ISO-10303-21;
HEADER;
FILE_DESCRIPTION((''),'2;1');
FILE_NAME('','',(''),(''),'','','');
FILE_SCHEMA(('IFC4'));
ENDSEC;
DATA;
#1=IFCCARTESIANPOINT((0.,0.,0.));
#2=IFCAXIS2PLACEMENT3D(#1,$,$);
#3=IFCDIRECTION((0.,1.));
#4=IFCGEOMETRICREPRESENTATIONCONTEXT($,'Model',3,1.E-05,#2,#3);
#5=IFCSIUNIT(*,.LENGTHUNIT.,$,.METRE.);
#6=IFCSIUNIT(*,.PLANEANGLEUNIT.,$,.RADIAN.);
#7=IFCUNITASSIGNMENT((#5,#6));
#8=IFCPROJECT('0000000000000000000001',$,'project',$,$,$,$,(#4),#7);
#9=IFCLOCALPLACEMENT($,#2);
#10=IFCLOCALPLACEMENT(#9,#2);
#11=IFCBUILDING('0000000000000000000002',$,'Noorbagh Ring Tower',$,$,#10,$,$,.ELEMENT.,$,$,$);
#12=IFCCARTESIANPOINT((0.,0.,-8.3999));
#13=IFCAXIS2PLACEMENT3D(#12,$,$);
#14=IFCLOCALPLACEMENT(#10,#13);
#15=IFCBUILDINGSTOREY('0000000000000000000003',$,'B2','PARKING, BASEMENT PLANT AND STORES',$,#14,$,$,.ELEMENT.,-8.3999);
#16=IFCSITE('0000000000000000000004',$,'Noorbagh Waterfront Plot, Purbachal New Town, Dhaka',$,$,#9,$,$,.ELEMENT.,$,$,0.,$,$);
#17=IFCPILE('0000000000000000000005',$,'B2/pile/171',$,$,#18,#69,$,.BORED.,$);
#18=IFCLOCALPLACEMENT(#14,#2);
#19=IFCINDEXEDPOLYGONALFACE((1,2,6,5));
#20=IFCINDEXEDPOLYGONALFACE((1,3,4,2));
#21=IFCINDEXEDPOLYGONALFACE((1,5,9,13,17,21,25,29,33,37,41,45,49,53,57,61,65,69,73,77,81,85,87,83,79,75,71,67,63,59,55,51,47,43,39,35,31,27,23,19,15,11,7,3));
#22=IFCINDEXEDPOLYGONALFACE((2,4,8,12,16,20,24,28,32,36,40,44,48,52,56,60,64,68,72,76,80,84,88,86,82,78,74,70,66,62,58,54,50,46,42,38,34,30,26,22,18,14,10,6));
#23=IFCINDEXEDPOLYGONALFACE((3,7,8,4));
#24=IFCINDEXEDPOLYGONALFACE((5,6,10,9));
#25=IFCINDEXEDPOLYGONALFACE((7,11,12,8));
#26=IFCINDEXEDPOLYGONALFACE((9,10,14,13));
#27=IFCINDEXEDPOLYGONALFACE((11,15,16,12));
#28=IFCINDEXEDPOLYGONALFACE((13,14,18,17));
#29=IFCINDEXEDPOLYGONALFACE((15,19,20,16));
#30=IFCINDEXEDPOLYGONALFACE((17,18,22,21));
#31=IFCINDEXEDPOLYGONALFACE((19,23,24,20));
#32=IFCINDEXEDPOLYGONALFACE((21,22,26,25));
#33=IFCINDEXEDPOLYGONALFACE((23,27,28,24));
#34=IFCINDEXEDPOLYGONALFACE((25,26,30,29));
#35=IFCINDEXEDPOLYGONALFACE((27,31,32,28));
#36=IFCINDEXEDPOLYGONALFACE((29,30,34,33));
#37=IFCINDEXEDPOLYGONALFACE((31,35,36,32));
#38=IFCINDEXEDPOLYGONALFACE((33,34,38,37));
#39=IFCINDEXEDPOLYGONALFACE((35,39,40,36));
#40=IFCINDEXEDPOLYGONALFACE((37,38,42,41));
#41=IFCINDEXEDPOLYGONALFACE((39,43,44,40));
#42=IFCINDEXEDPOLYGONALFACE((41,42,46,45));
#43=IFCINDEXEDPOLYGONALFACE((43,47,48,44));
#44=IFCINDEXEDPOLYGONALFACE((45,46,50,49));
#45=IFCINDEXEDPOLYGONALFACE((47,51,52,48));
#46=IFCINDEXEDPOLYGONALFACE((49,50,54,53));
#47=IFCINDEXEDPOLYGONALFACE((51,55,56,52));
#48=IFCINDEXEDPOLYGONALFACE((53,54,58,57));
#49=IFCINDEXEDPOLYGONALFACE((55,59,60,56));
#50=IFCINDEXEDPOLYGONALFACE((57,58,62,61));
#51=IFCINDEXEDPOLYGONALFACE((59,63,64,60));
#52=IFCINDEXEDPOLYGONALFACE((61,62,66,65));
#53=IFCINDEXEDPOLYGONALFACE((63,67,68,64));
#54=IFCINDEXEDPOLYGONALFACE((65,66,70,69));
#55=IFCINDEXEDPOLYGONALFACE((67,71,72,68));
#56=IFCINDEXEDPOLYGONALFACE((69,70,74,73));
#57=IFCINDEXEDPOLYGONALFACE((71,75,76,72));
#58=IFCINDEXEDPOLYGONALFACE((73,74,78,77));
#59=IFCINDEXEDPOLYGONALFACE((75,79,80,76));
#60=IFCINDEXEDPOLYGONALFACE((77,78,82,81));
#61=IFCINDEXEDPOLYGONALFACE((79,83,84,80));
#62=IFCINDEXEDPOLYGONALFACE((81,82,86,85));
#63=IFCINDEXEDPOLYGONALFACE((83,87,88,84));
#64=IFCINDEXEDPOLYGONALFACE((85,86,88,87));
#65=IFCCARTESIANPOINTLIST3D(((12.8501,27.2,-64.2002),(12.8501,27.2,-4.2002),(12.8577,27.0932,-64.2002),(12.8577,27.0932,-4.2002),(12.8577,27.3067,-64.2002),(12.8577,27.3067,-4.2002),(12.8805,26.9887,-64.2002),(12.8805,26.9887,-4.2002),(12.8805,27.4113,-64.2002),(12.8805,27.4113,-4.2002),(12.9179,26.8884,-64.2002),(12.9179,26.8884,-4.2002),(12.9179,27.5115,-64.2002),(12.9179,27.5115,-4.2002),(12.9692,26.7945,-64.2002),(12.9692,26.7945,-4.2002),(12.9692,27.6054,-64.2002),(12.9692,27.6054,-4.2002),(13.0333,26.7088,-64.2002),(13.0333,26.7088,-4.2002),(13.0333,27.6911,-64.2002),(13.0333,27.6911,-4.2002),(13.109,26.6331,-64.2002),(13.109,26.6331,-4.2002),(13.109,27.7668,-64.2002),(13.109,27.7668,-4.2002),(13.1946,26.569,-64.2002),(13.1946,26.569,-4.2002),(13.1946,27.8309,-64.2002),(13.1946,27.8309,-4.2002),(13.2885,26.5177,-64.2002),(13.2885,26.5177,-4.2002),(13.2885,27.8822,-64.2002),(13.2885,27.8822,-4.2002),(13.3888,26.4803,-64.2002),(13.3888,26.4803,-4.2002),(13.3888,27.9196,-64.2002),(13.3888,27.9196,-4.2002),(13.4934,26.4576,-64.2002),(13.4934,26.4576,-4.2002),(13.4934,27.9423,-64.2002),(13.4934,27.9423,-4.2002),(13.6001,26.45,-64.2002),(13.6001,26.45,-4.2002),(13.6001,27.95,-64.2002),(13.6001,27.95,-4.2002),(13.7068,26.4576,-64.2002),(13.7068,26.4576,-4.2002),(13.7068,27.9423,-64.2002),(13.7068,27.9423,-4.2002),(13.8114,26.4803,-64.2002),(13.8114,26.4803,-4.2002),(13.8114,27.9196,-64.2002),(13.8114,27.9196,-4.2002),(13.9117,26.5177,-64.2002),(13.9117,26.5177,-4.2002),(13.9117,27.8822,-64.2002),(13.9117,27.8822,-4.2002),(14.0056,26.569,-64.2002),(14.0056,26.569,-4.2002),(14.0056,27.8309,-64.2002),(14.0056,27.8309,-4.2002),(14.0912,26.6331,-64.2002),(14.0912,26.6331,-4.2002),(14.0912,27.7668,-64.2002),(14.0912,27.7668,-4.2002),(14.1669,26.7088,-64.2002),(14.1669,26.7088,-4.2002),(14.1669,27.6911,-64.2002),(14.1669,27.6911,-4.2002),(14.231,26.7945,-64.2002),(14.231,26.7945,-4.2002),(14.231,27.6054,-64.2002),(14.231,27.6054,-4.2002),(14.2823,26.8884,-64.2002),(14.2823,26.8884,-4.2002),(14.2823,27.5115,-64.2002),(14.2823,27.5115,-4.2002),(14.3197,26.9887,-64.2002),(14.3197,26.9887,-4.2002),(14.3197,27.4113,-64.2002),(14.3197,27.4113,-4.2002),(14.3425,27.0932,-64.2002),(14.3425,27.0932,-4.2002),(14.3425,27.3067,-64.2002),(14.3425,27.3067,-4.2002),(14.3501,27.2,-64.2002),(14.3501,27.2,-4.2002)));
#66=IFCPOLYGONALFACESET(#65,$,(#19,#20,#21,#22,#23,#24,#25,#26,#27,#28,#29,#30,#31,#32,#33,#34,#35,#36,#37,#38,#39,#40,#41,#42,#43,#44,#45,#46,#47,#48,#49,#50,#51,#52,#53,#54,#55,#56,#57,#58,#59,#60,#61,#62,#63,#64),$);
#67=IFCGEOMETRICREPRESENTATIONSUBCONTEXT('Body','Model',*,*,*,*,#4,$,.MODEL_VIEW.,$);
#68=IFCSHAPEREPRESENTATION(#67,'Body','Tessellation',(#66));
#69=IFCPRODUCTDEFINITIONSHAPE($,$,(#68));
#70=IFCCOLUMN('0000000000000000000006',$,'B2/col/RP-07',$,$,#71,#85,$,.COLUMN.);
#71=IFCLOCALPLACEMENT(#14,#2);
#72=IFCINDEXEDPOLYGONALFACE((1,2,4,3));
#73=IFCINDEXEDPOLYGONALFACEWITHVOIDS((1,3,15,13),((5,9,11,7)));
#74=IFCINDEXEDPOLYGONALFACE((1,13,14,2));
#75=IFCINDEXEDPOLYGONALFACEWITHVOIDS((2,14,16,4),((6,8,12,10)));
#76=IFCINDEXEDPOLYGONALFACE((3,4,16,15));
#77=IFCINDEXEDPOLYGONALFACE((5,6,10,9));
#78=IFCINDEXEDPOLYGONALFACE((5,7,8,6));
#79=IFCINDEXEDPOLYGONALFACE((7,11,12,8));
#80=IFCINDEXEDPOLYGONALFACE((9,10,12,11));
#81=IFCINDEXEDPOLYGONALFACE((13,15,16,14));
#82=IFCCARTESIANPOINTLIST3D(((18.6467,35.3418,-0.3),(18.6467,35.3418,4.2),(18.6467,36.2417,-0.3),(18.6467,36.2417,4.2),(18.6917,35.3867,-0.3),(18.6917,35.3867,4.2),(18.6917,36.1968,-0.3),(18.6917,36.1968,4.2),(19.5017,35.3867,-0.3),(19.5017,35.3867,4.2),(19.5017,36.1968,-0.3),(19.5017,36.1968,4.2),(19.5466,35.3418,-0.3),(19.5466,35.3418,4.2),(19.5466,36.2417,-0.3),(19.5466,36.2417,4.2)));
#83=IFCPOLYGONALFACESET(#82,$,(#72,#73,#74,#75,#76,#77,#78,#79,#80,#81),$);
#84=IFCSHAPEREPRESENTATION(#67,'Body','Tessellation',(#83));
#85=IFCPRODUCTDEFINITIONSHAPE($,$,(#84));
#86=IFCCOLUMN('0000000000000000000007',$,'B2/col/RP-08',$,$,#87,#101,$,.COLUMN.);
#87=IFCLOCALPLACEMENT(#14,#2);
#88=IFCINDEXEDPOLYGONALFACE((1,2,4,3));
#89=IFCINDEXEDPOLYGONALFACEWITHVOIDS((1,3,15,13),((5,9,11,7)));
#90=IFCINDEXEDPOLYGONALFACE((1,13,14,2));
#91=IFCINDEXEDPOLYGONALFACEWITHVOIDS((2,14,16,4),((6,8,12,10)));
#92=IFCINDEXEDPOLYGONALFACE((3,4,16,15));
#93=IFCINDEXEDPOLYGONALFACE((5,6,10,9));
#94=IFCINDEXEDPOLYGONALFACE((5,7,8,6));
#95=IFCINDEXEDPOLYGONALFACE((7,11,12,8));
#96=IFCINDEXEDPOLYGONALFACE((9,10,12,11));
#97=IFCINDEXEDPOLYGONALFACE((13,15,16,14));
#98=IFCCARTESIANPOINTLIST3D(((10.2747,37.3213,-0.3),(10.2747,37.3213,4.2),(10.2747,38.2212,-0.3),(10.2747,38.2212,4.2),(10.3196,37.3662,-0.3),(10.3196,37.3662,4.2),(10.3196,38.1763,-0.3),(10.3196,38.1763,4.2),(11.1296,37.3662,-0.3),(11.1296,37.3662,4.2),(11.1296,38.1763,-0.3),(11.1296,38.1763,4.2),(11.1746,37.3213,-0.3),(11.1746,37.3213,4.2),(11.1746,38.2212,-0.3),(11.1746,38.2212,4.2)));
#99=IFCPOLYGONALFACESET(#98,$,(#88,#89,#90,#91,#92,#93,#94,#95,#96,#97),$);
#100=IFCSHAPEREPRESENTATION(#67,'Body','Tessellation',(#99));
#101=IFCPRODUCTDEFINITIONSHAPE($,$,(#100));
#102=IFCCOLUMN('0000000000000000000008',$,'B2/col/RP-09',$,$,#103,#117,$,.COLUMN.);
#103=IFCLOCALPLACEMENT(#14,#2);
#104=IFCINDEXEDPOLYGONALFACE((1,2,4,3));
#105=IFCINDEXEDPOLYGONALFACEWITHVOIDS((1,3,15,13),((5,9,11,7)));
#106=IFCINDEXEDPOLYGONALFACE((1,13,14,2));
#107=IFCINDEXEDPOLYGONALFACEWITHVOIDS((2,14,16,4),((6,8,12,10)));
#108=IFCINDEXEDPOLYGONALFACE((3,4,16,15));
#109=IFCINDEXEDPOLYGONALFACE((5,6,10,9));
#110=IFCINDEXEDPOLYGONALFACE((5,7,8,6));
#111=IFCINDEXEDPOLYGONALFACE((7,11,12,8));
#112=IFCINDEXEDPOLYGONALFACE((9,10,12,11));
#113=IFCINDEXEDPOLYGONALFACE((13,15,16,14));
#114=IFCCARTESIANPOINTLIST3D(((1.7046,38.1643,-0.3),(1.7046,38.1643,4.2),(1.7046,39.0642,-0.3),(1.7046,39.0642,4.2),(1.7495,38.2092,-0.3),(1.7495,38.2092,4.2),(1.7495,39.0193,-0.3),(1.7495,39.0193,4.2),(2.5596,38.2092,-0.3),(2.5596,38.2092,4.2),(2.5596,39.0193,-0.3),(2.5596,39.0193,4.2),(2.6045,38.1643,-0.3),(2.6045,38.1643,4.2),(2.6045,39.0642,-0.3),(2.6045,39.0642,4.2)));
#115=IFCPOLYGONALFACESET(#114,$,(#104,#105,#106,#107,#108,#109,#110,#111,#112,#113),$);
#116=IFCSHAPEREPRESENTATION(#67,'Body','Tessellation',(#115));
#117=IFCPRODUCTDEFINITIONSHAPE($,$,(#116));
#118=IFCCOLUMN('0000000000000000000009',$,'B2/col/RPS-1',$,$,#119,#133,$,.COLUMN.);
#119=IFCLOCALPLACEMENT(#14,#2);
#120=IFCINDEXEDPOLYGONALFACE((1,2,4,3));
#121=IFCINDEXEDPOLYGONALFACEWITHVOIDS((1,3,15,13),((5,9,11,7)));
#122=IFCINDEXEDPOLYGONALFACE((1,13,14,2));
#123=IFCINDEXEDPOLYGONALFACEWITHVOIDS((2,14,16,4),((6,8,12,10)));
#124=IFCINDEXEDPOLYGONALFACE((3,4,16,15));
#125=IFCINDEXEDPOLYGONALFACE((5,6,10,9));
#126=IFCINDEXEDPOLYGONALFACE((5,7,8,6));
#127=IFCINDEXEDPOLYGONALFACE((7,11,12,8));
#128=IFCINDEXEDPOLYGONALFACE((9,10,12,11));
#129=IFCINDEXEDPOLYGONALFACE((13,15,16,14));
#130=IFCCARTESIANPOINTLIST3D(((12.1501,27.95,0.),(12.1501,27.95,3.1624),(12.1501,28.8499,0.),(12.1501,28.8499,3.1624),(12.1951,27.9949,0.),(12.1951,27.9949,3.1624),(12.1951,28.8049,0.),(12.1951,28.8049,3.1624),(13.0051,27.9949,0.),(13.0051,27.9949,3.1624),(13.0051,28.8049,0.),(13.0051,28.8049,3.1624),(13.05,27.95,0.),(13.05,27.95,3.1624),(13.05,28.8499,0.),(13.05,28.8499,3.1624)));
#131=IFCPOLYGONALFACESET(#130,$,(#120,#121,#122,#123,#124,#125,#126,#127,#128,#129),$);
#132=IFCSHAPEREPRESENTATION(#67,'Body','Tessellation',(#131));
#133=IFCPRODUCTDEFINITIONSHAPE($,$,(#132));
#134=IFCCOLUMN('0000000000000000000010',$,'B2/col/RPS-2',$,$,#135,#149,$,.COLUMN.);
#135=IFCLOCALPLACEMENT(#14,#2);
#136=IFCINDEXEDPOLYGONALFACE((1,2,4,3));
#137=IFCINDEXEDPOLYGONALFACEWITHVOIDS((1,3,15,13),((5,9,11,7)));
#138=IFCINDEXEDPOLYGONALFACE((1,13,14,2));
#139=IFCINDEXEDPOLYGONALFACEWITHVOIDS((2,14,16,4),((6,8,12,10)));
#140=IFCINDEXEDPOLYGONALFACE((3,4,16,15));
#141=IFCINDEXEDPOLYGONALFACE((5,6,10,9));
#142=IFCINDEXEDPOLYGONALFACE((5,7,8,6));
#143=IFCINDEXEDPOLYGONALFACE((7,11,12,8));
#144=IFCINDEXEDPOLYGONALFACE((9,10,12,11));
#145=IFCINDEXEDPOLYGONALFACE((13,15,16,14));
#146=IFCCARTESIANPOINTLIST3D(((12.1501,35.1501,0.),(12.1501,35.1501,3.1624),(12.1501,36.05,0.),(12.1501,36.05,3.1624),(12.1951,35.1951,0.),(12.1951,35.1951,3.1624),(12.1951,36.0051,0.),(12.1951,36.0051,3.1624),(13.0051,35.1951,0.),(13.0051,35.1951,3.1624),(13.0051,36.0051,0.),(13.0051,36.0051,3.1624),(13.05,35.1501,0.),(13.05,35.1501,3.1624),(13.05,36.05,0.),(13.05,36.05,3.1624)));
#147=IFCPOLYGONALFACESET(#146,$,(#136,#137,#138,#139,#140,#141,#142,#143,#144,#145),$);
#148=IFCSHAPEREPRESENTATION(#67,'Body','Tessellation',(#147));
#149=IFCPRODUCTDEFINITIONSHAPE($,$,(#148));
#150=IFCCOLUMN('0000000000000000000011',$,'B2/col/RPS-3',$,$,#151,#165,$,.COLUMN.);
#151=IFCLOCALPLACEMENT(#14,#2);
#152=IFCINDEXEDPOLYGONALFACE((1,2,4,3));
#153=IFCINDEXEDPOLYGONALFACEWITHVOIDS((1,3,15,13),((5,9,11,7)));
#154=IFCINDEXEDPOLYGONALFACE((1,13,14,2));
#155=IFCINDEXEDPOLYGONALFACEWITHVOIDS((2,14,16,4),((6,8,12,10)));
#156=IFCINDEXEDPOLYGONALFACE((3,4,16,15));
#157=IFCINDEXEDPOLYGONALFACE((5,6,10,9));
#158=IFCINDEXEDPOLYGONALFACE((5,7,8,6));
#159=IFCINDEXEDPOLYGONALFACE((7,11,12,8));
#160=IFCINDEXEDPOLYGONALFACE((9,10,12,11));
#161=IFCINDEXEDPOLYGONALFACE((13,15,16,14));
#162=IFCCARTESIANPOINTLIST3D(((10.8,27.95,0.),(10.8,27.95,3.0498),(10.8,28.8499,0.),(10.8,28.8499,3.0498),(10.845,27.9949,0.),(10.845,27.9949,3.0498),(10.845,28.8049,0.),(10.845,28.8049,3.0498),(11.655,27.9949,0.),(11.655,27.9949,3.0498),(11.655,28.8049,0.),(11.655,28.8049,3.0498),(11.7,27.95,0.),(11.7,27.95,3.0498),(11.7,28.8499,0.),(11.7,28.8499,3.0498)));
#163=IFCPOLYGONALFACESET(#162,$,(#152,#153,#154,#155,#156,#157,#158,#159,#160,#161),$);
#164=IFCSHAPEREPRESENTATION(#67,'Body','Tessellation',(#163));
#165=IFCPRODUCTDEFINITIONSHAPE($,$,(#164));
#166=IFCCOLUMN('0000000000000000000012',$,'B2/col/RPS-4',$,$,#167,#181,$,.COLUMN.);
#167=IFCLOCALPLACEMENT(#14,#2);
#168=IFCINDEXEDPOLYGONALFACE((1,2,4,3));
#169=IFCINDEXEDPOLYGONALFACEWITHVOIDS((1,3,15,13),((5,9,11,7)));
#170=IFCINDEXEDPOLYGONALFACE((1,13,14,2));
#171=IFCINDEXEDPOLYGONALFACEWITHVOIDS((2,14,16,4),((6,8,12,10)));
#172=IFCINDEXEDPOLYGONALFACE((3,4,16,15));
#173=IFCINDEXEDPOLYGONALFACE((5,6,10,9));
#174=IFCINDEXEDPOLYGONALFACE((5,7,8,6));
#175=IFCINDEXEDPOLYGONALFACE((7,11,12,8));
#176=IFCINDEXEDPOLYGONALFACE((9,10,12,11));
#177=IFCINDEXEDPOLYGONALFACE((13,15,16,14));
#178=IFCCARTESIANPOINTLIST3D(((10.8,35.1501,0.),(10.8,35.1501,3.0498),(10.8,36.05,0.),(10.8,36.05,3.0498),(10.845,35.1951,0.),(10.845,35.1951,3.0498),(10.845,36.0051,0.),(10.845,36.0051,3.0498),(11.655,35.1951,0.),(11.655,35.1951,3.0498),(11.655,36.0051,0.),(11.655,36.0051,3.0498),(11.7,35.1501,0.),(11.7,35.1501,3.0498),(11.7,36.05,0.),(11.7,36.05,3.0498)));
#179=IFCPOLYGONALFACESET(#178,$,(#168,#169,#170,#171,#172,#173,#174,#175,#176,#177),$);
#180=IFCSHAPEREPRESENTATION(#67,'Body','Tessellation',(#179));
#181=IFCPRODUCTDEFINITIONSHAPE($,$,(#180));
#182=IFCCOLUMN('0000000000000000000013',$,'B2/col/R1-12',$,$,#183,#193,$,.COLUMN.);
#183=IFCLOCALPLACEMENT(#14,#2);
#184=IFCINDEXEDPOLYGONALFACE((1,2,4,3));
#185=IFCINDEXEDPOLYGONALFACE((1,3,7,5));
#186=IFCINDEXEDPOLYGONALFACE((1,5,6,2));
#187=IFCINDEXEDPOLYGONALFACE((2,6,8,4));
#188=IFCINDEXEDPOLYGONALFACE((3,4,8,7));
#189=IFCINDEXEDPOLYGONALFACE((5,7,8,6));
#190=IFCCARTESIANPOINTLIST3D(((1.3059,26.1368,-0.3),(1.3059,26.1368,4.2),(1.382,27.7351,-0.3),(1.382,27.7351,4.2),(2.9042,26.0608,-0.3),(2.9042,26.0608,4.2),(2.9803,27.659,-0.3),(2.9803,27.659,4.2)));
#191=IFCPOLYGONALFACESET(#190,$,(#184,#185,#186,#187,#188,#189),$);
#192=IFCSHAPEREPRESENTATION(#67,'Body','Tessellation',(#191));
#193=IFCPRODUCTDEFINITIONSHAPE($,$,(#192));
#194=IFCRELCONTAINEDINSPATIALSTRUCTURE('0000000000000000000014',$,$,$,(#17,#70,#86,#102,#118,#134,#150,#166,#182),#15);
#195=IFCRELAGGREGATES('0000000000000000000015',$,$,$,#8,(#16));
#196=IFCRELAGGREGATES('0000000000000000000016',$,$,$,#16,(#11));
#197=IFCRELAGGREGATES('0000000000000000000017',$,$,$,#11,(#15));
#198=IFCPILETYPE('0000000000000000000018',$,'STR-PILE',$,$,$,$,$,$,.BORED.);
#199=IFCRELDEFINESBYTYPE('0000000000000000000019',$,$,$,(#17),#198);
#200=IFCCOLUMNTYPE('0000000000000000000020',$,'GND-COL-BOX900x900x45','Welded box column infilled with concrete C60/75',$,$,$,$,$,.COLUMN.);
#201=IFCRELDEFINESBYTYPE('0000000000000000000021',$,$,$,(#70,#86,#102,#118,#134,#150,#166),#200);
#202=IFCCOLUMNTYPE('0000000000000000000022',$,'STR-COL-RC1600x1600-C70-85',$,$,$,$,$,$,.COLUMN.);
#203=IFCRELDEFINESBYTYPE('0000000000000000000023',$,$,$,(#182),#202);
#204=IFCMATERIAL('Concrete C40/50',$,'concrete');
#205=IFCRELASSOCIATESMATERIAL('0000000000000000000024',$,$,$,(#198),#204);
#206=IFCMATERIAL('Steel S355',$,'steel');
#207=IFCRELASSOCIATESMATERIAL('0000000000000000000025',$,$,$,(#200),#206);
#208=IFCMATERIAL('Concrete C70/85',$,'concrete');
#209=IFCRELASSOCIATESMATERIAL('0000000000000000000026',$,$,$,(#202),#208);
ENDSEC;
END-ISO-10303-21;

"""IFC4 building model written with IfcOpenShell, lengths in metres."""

from ifc_helpers import new_model, si_unit, direction, frame, origin, origin_2d, place, context, subcontext, project, spatial, rectangle, hollow_rectangle, circle, extrude, material, material_profile, profile_set, type_object, element, save


model = new_model("IFC4")

# Units and contexts
model_context = context("Model", 3, precision=1e-05, world=origin(), true_north=direction((0.0, 1.0)))
body_context = subcontext(model_context, "Body", "Model", "MODEL_VIEW")
ifc_project = project(units=[si_unit("LENGTHUNIT", "METRE"), si_unit("PLANEANGLEUNIT", "RADIAN")], contexts=[model_context])

# Site, building, storey
site_placement = place(None, origin())
site = spatial("IfcSite", under=ifc_project, at=site_placement, Name="Noorbagh Waterfront Plot, Purbachal New Town, Dhaka", CompositionType="ELEMENT", RefElevation=0.0)
building_placement = place(site_placement, origin())
building = spatial("IfcBuilding", under=site, at=building_placement, Name="Noorbagh Ring Tower", CompositionType="ELEMENT")
storey_placement = place(building_placement, frame((0.0, 0.0, -8.3999)))
storey = spatial("IfcBuildingStorey", under=building, at=storey_placement, Name="B2", Description="PARKING, BASEMENT PLANT AND STORES", CompositionType="ELEMENT", Elevation=-8.3999)

# Pile
ifc_material_1 = material(Name="Concrete C40/50", Category="concrete")
ifc_material_profile_1 = material_profile(ifc_material_1, circle(Radius=0.75, at=origin_2d()), Name="PILE1500")
ifc_profile_set_1 = profile_set([ifc_material_profile_1], Name="Concrete C40/50")
pile_type_1 = type_object("IfcPileType", Name="STR-PILE", PredefinedType="BORED", material=ifc_profile_set_1)
for number, where, z_axis, x_axis, name in (
    (1, (13.6001, 27.2, -4.2002), (0.0, 0.0, -1.0), (1.0, 0.0, 0.0), "B2/pile/171"),
):
    element("IfcPile", number, at=place(storey_placement, frame(where, z_axis=z_axis, x_axis=x_axis)), inside=storey, type_object=pile_type_1, Name=name, PredefinedType="BORED", context=body_context, shape_type="SweptSolid", body=[
        extrude(circle(Radius=0.75, at=origin_2d()), origin(), (0.0, 0.0, 1.0), 60.0),
    ])

# Columns
ifc_material_2 = material(Name="Steel S355", Category="steel")
ifc_material_profile_2 = material_profile(ifc_material_2, hollow_rectangle(XDim=0.8999, YDim=0.8999, WallThickness=0.0449, at=origin_2d()), Name="BOX900x900x45")
ifc_profile_set_2 = profile_set([ifc_material_profile_2], Name="Steel S355")
column_type_1 = type_object("IfcColumnType", Name="GND-COL-BOX900x900x45", Description="Welded box column infilled with concrete C60/75", PredefinedType="COLUMN", material=ifc_profile_set_2)
for number, where, z_axis, x_axis, name in (
    (2, (19.0967, 35.7917, -0.3), (0.0, 0.0, 1.0), (1.0, 0.0, 0.0), "B2/col/RP-07"),
    (3, (10.7246, 37.7712, -0.3), (0.0, 0.0, 1.0), (1.0, 0.0, 0.0), "B2/col/RP-08"),
    (4, (2.1545, 38.6143, -0.3), (0.0, 0.0, 1.0), (1.0, 0.0, 0.0), "B2/col/RP-09"),
):
    element("IfcColumn", number, at=place(storey_placement, frame(where, z_axis=z_axis, x_axis=x_axis)), inside=storey, type_object=column_type_1, Name=name, PredefinedType="COLUMN", context=body_context, shape_type="SweptSolid", body=[
        extrude(hollow_rectangle(XDim=0.8999, YDim=0.8999, WallThickness=0.0449, at=origin_2d()), origin(), (0.0, 0.0, 1.0), 4.5),
    ])
for number, where, z_axis, x_axis, name in (
    (5, (12.6001, 28.3999, 0.0), (0.0, 0.0, 1.0), (1.0, 0.0, 0.0), "B2/col/RPS-1"),
    (6, (12.6001, 35.6001, 0.0), (0.0, 0.0, 1.0), (1.0, 0.0, 0.0), "B2/col/RPS-2"),
):
    element("IfcColumn", number, at=place(storey_placement, frame(where, z_axis=z_axis, x_axis=x_axis)), inside=storey, type_object=column_type_1, Name=name, PredefinedType="COLUMN", context=body_context, shape_type="SweptSolid", body=[
        extrude(hollow_rectangle(XDim=0.8999, YDim=0.8999, WallThickness=0.0449, at=origin_2d()), origin(), (0.0, 0.0, 1.0), 3.1624),
    ])
for number, where, z_axis, x_axis, name in (
    (7, (11.25, 28.3999, 0.0), (0.0, 0.0, 1.0), (1.0, 0.0, 0.0), "B2/col/RPS-3"),
    (8, (11.25, 35.6001, 0.0), (0.0, 0.0, 1.0), (1.0, 0.0, 0.0), "B2/col/RPS-4"),
):
    element("IfcColumn", number, at=place(storey_placement, frame(where, z_axis=z_axis, x_axis=x_axis)), inside=storey, type_object=column_type_1, Name=name, PredefinedType="COLUMN", context=body_context, shape_type="SweptSolid", body=[
        extrude(hollow_rectangle(XDim=0.8999, YDim=0.8999, WallThickness=0.0449, at=origin_2d()), origin(), (0.0, 0.0, 1.0), 3.0498),
    ])
ifc_material_3 = material(Name="Concrete C70/85", Category="concrete")
ifc_material_profile_3 = material_profile(ifc_material_3, rectangle(XDim=1.6001, YDim=1.6001, at=origin_2d()), Name="RC1600x1600")
ifc_profile_set_3 = profile_set([ifc_material_profile_3], Name="Concrete C70/85")
column_type_2 = type_object("IfcColumnType", Name="STR-COL-RC1600x1600-C70-85", PredefinedType="COLUMN", material=ifc_profile_set_3)
column_placement = place(storey_placement, frame((2.1431, 26.8979, -0.3), z_axis=(0.0, 0.0, 1.0), x_axis=(-0.998869, 0.047553, 0.0)))
element("IfcColumn", 9, at=column_placement, inside=storey, type_object=column_type_2, Name="B2/col/R1-12", PredefinedType="COLUMN", context=body_context, shape_type="SweptSolid", body=[
    extrude(rectangle(XDim=1.6001, YDim=1.6001, at=origin_2d()), origin(), (0.0, 0.0, 1.0), 4.5),
])

save(model, "model.ifc")
